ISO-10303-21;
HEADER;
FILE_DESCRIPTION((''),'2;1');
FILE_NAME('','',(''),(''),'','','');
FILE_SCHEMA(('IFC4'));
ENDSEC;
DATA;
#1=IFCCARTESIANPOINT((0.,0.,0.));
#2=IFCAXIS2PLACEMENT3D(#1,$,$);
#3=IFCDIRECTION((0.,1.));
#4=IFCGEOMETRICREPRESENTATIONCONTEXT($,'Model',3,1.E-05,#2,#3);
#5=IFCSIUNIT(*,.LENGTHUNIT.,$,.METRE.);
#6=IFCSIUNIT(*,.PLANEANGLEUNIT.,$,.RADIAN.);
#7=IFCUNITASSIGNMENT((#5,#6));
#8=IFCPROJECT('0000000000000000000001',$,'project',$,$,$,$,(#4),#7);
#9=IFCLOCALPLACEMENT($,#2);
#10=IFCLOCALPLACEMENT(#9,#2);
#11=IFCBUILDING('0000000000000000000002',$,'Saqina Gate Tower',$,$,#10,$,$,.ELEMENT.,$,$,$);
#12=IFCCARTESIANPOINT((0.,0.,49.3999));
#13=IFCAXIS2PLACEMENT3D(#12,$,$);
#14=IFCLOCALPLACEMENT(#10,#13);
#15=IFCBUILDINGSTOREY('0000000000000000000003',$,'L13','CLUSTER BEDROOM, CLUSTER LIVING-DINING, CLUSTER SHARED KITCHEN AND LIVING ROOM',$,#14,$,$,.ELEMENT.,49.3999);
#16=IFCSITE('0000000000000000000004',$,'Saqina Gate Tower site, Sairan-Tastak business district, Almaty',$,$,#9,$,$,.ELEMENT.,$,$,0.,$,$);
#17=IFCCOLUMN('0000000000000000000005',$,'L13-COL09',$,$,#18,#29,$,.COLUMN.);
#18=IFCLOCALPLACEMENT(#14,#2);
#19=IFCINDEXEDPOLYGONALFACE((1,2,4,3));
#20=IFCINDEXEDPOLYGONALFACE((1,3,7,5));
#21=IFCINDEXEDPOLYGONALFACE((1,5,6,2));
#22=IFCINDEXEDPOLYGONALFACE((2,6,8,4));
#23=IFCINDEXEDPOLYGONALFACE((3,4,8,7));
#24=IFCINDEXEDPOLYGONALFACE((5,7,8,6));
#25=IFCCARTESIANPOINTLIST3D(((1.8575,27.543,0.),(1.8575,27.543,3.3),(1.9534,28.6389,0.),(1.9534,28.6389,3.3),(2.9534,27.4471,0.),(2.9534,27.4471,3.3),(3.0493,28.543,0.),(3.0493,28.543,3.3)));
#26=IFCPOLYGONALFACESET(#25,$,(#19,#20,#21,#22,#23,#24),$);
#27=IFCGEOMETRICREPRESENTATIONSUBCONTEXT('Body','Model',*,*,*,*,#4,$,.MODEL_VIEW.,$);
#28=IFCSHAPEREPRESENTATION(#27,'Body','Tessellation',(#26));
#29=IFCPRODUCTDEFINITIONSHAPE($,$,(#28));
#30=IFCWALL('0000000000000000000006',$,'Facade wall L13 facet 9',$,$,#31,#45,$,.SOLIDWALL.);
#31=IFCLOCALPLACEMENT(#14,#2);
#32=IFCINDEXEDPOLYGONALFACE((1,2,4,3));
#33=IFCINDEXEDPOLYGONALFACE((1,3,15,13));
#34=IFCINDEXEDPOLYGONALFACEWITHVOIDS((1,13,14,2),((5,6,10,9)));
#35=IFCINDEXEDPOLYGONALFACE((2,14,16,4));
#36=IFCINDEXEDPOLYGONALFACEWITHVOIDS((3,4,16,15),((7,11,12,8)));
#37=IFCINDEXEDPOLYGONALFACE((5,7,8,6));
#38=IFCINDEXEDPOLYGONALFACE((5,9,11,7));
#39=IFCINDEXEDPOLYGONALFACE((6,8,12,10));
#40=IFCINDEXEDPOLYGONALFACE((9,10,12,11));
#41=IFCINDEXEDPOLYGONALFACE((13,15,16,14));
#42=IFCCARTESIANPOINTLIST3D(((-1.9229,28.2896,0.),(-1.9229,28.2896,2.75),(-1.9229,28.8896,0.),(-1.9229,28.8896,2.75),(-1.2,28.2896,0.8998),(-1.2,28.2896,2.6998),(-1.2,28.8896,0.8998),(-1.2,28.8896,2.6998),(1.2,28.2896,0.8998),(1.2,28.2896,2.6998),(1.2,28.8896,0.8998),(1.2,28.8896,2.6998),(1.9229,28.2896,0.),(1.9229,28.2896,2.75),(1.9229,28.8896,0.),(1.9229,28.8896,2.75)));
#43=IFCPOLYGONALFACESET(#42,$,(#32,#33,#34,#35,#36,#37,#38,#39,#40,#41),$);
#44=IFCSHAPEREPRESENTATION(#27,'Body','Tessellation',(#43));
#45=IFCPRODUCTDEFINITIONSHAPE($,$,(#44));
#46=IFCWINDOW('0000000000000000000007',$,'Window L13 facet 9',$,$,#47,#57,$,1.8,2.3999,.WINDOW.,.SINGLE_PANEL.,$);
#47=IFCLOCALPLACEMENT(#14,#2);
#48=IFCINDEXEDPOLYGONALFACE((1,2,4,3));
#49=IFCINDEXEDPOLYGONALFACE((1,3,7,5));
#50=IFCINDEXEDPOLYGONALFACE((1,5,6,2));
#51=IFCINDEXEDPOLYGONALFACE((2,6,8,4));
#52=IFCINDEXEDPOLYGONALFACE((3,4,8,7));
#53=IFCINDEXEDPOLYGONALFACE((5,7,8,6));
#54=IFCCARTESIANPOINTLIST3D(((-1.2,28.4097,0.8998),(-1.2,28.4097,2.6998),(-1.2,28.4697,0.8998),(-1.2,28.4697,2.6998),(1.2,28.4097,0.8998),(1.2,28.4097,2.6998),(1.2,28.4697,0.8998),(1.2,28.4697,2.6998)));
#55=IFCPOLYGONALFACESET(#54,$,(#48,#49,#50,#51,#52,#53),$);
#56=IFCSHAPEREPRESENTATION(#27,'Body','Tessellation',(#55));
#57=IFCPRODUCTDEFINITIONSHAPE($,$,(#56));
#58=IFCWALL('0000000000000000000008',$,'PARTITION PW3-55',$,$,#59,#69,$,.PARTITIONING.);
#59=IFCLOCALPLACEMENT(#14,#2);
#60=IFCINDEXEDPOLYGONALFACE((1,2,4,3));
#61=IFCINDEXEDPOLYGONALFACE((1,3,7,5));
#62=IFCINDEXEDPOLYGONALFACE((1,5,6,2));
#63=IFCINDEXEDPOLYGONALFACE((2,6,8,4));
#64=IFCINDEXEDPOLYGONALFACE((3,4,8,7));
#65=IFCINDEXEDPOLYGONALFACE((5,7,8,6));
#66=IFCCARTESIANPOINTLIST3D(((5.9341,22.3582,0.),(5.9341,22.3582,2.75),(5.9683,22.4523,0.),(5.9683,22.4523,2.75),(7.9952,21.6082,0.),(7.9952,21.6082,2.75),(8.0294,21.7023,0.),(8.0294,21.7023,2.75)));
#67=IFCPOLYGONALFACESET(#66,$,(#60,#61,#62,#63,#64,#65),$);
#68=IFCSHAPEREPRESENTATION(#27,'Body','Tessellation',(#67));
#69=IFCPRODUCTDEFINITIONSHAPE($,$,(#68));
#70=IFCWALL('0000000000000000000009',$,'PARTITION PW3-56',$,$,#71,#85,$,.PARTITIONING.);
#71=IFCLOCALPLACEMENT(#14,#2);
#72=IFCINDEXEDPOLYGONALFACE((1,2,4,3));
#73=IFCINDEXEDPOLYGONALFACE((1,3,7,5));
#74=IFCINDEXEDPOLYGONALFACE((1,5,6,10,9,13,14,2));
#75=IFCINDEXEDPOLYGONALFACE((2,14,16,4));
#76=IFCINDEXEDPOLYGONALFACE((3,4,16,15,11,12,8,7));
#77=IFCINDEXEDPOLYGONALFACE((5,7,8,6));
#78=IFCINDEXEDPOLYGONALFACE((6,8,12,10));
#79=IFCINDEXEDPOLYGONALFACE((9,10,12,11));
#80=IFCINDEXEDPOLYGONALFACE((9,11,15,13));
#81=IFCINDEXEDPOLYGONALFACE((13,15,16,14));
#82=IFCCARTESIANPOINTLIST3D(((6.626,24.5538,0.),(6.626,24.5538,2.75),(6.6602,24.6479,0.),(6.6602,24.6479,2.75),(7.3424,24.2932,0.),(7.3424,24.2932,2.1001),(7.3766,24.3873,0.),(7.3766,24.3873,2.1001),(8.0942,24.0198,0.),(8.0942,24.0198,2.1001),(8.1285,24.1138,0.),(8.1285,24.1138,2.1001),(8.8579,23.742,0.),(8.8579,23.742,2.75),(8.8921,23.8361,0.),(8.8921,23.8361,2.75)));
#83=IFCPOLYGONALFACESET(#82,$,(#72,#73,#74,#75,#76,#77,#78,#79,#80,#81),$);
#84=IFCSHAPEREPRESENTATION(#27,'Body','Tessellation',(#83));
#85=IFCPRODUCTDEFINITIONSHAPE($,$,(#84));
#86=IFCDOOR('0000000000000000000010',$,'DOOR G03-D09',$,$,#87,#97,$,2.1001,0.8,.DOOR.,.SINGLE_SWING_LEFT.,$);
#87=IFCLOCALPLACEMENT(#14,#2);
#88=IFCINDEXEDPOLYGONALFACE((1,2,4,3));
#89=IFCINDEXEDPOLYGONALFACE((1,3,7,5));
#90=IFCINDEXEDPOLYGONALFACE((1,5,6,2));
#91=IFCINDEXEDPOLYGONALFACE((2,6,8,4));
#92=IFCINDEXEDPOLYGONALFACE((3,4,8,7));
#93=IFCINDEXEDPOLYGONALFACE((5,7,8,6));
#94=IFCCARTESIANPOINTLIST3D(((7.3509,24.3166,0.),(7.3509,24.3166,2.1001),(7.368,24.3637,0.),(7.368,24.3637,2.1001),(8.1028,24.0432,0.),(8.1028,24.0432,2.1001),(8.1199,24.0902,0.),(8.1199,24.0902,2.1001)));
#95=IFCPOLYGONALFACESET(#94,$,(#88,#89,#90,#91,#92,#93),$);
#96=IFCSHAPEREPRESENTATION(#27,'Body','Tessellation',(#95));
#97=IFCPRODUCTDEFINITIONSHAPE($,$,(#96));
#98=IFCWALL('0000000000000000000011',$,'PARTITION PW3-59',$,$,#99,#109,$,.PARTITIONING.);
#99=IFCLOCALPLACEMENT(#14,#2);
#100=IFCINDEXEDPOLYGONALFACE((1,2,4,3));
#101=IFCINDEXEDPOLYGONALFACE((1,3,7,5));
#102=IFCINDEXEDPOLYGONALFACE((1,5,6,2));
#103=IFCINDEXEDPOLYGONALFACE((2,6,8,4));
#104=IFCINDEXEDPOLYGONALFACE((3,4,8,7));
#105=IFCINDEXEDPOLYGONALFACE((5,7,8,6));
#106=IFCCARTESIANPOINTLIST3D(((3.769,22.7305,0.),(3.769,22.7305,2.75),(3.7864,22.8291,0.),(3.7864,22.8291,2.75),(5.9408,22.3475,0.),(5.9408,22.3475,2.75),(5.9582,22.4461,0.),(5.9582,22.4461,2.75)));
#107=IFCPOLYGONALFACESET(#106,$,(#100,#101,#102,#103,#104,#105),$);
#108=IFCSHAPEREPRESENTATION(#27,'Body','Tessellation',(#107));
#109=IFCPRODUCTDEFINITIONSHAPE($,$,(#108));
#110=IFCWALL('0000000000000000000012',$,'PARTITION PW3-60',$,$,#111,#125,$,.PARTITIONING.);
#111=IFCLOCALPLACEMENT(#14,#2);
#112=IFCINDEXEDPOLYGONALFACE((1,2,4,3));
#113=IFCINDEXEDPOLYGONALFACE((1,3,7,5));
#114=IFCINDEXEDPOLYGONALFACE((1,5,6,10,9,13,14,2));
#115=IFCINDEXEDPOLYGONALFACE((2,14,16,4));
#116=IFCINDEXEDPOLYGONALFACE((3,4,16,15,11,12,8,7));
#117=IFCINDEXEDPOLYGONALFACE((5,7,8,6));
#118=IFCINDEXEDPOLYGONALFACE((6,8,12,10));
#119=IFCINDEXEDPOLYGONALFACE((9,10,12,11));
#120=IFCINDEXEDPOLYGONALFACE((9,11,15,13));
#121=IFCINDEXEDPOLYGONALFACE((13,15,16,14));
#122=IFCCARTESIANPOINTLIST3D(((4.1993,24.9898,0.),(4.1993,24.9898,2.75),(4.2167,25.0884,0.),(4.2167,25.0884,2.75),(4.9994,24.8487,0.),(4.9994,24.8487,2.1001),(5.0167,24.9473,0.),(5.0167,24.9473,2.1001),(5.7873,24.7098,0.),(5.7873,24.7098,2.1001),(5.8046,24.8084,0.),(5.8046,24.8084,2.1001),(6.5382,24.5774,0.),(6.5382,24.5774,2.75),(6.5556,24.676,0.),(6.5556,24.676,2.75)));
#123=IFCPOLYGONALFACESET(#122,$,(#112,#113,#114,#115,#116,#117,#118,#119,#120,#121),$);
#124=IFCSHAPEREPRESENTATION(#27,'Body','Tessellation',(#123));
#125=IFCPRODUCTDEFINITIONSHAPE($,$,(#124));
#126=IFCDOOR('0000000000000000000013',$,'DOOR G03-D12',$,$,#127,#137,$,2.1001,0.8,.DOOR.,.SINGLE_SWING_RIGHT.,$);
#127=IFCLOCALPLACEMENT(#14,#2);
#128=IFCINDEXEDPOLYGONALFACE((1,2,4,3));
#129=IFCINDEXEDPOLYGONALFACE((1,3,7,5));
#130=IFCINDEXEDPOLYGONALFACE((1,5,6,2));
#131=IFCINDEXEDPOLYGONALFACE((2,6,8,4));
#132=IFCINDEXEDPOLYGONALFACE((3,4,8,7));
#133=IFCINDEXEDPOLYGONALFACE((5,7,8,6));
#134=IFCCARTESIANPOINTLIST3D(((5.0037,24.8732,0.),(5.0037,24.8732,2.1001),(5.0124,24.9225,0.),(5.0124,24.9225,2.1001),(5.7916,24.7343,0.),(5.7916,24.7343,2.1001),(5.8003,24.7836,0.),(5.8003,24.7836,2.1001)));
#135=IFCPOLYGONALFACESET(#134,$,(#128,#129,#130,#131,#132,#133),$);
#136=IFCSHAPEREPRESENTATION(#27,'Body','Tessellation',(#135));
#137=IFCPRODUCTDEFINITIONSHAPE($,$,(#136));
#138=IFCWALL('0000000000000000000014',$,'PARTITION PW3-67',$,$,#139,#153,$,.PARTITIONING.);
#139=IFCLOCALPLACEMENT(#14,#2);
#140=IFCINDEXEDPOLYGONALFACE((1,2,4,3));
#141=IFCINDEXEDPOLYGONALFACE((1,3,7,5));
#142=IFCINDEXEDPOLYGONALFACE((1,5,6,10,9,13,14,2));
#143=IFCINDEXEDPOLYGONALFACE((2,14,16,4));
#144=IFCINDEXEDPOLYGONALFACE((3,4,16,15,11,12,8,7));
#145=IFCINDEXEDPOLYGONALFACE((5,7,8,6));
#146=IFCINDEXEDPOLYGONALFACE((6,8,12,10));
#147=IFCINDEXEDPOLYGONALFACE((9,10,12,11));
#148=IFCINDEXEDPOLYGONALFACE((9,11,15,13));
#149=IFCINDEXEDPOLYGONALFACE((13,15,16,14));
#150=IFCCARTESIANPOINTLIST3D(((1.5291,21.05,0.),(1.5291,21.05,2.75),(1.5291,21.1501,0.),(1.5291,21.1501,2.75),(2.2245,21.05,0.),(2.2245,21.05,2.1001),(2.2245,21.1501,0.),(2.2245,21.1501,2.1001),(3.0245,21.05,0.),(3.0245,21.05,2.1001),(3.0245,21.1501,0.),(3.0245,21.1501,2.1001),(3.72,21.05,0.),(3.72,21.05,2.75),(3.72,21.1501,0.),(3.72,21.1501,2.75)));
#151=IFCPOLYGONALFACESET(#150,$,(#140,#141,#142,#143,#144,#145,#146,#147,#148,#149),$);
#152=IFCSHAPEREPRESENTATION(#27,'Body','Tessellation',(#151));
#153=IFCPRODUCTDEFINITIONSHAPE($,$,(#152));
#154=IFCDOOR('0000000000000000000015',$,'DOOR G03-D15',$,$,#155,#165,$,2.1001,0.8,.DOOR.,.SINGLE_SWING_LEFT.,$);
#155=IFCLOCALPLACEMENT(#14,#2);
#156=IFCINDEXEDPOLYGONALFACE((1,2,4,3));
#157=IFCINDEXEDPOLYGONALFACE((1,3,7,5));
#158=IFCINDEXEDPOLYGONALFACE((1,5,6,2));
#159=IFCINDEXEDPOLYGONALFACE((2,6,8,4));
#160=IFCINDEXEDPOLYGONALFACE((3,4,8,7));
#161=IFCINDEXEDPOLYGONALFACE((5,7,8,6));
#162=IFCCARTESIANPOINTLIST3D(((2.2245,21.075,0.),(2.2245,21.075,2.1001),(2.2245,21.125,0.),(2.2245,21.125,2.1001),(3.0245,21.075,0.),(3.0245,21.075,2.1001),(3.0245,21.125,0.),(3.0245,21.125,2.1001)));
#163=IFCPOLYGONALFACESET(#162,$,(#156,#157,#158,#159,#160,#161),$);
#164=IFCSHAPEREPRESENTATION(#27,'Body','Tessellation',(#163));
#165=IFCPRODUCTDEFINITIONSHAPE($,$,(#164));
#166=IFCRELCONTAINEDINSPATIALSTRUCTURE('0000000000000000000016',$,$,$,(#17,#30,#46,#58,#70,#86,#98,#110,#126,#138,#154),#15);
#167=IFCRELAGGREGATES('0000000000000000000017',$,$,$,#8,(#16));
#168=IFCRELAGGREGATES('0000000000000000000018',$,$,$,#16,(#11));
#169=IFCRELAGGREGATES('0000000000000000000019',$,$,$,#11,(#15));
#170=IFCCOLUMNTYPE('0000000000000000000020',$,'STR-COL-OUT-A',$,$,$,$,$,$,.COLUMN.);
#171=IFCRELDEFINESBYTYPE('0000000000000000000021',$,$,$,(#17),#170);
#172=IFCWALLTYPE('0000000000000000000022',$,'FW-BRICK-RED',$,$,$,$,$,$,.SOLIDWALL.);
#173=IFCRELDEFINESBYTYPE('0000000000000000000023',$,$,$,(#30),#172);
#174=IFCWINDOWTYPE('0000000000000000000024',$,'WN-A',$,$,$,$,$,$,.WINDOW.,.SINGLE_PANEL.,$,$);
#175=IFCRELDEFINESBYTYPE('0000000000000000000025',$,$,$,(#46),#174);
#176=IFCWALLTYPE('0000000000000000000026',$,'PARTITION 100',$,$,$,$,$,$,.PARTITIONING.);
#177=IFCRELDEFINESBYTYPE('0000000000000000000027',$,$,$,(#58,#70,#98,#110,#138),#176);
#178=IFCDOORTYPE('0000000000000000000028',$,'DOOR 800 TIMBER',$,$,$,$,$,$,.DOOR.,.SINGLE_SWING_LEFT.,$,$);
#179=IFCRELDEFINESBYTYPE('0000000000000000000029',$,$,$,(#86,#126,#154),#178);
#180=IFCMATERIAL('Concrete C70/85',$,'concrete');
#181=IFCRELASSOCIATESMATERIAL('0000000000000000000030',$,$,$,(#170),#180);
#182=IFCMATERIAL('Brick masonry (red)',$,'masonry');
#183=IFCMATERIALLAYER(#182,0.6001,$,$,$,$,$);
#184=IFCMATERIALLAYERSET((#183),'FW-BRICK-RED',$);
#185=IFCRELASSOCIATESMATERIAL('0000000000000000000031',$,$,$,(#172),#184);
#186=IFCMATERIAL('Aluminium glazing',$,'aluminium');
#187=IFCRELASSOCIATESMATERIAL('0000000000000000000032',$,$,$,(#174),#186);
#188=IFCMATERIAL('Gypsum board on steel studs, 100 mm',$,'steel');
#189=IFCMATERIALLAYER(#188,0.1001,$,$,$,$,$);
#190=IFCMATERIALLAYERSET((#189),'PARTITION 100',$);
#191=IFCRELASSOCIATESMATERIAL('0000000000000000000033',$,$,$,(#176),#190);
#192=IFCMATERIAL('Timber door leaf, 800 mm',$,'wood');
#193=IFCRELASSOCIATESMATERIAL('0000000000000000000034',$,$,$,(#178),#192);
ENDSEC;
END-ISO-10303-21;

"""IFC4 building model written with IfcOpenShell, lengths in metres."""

from ifc_helpers import new_model, si_unit, direction, frame, frame_2d, origin, origin_2d, place, context, subcontext, project, spatial, rectangle, extrude, material, layer, layer_set, material_profile, profile_set, type_object, element, fill, save


model = new_model("IFC4")

# Units and contexts
model_context = context("Model", 3, precision=1e-05, world=origin(), true_north=direction((0.0, 1.0)))
body_context = subcontext(model_context, "Body", "Model", "MODEL_VIEW")
ifc_project = project(units=[si_unit("LENGTHUNIT", "METRE"), si_unit("PLANEANGLEUNIT", "RADIAN")], contexts=[model_context])

# Site, building, storey
site_placement = place(None, origin())
site = spatial("IfcSite", under=ifc_project, at=site_placement, Name="Saqina Gate Tower site, Sairan-Tastak business district, Almaty", CompositionType="ELEMENT", RefElevation=0.0)
building_placement = place(site_placement, origin())
building = spatial("IfcBuilding", under=site, at=building_placement, Name="Saqina Gate Tower", CompositionType="ELEMENT")
storey_placement = place(building_placement, frame((0.0, 0.0, 49.3999)))
storey = spatial("IfcBuildingStorey", under=building, at=storey_placement, Name="L13", Description="CLUSTER BEDROOM, CLUSTER LIVING-DINING, CLUSTER SHARED KITCHEN AND LIVING ROOM", CompositionType="ELEMENT", Elevation=49.3999)

# Column
ifc_material_1 = material(Name="Concrete C70/85", Category="concrete")
ifc_material_profile = material_profile(ifc_material_1, rectangle(XDim=1.1001, YDim=1.1001, at=origin_2d()), Name="RC 1100x1100")
ifc_profile_set = profile_set([ifc_material_profile], Name="Concrete C70/85")
column_type = type_object("IfcColumnType", Name="STR-COL-OUT-A", PredefinedType="COLUMN", material=ifc_profile_set)
column_placement = place(storey_placement, frame((2.4534, 28.043, 0.0), z_axis=(0.0, 0.0, 1.0), x_axis=(0.087156, 0.996195, 0.0)))
element("IfcColumn", 1, at=column_placement, inside=storey, type_object=column_type, Name="L13-COL09", PredefinedType="COLUMN", context=body_context, shape_type="SweptSolid", body=[
    extrude(rectangle(XDim=1.1001, YDim=1.1001, at=origin_2d()), origin(), (0.0, 0.0, 1.0), 3.3),
])

# Wall, opening, window
ifc_material_2 = material(Name="Brick masonry (red)", Category="masonry")
ifc_layer_1 = layer(ifc_material_2, 0.6001)
ifc_layer_set_1 = layer_set([ifc_layer_1], Name="FW-BRICK-RED")
wall_type_1 = type_object("IfcWallType", Name="FW-BRICK-RED", PredefinedType="SOLIDWALL", material=ifc_layer_set_1)
wall_1_placement = place(storey_placement, frame((1.9229, 28.5896, 0.0), z_axis=(0.0, 0.0, 1.0), x_axis=(-1.0, 0.0, 0.0)))
wall_1 = element("IfcWall", 2, at=wall_1_placement, inside=storey, type_object=wall_type_1, Name="Facade wall L13 facet 9", PredefinedType="SOLIDWALL", context=body_context, shape_type="SweptSolid", body=[
    extrude(rectangle(XDim=3.8457, YDim=0.6001, at=frame_2d((1.9229, 0.0))), origin(), (0.0, 0.0, 1.0), 2.75),
])
opening_1_placement = place(wall_1_placement, frame((0.7229, 0.0, 0.8999)))
opening_1 = element("IfcOpeningElement", 3, at=opening_1_placement, cuts=wall_1, PredefinedType="OPENING", context=body_context, shape_type="SweptSolid", body=[
    extrude(rectangle(XDim=2.3999, YDim=1.8, at=frame_2d((1.2, 0.8999))), frame((0.0, 0.312, 0.0), z_axis=(0.0, -1.0, 0.0), x_axis=(1.0, 0.0, 0.0)), (0.0, 0.0, 1.0), 0.624),
])
ifc_material_3 = material(Name="Aluminium glazing", Category="aluminium")
window_type = type_object("IfcWindowType", Name="WN-A", PartitioningType="SINGLE_PANEL", PredefinedType="WINDOW", material=ifc_material_3)
window_placement = place(opening_1_placement, origin())
window = element("IfcWindow", 4, at=window_placement, inside=storey, type_object=window_type, Name="Window L13 facet 9", OverallHeight=1.8, OverallWidth=2.3999, PartitioningType="SINGLE_PANEL", PredefinedType="WINDOW", context=body_context, shape_type="SweptSolid", body=[
    extrude(rectangle(XDim=2.3999, YDim=1.8, at=frame_2d((1.2, 0.8999))), frame((0.0, 0.1799, 0.0), z_axis=(0.0, -1.0, 0.0), x_axis=(1.0, 0.0, 0.0)), (0.0, 0.0, 1.0), 0.0601),
])
fill(opening_1, window)

# Wall
ifc_material_4 = material(Name="Gypsum board on steel studs, 100 mm", Category="steel")
ifc_layer_2 = layer(ifc_material_4, 0.1001)
ifc_layer_set_2 = layer_set([ifc_layer_2], Name="PARTITION 100")
wall_type_2 = type_object("IfcWallType", Name="PARTITION 100", PredefinedType="PARTITIONING", material=ifc_layer_set_2)
wall_2_placement = place(storey_placement, frame((5.9512, 22.4053, 0.0), z_axis=(0.0, 0.0, 1.0), x_axis=(0.939715, -0.341958, 0.0)))
element("IfcWall", 5, at=wall_2_placement, inside=storey, type_object=wall_type_2, Name="PARTITION PW3-55", PredefinedType="PARTITIONING", context=body_context, shape_type="SweptSolid", body=[
    extrude(rectangle(XDim=2.1934, YDim=0.1001, at=frame_2d((1.0967, 0.0))), origin(), (0.0, 0.0, 1.0), 2.75),
])

# Wall, opening, door
wall_3_placement = place(storey_placement, frame((6.6431, 24.6008, 0.0), z_axis=(0.0, 0.0, 1.0), x_axis=(0.939772, -0.341801, 0.0)))
wall_3 = element("IfcWall", 6, at=wall_3_placement, inside=storey, type_object=wall_type_2, Name="PARTITION PW3-56", PredefinedType="PARTITIONING", context=body_context, shape_type="SweptSolid", body=[
    extrude(rectangle(XDim=2.375, YDim=0.1001, at=frame_2d((1.1875, 0.0))), origin(), (0.0, 0.0, 1.0), 2.75),
])
opening_2_placement = place(wall_3_placement, frame((0.7625, 0.0, 0.0)))
opening_2 = element("IfcOpeningElement", 7, at=opening_2_placement, cuts=wall_3, PredefinedType="OPENING", context=body_context, shape_type="SweptSolid", body=[
    extrude(rectangle(XDim=0.8, YDim=2.1001, at=frame_2d((0.3999, 1.05))), frame((0.0, 0.062, 0.0), z_axis=(0.0, -1.0, 0.0), x_axis=(1.0, 0.0, 0.0)), (0.0, 0.0, 1.0), 0.124),
])
ifc_material_5 = material(Name="Timber door leaf, 800 mm", Category="wood")
door_type_1 = type_object("IfcDoorType", Name="DOOR 800 TIMBER", OperationType="SINGLE_SWING_LEFT", PredefinedType="DOOR", material=ifc_material_5)
door_1_placement = place(opening_2_placement, origin())
door_1 = element("IfcDoor", 8, at=door_1_placement, inside=storey, type_object=door_type_1, Name="DOOR G03-D09", OperationType="SINGLE_SWING_LEFT", OverallHeight=2.1001, OverallWidth=0.8, PredefinedType="DOOR", context=body_context, shape_type="SweptSolid", body=[
    extrude(rectangle(XDim=0.8, YDim=2.1001, at=frame_2d((0.3999, 1.05))), frame((0.0, 0.0249, 0.0), z_axis=(0.0, -1.0, 0.0), x_axis=(1.0, 0.0, 0.0)), (0.0, 0.0, 1.0), 0.05),
])
fill(opening_2, door_1)

# Wall
wall_4_placement = place(storey_placement, frame((3.7778, 22.7798, 0.0), z_axis=(0.0, 0.0, 1.0), x_axis=(0.9848, -0.173691, 0.0)))
element("IfcWall", 9, at=wall_4_placement, inside=storey, type_object=wall_type_2, Name="PARTITION PW3-59", PredefinedType="PARTITIONING", context=body_context, shape_type="SweptSolid", body=[
    extrude(rectangle(XDim=2.2053, YDim=0.1001, at=frame_2d((1.1025, 0.0))), origin(), (0.0, 0.0, 1.0), 2.75),
])

# Walls, openings, doors
wall_5_placement = place(storey_placement, frame((4.208, 25.0391, 0.0), z_axis=(0.0, 0.0, 1.0), x_axis=(0.984811, -0.173627, 0.0)))
wall_5 = element("IfcWall", 10, at=wall_5_placement, inside=storey, type_object=wall_type_2, Name="PARTITION PW3-60", PredefinedType="PARTITIONING", context=body_context, shape_type="SweptSolid", body=[
    extrude(rectangle(XDim=2.375, YDim=0.1001, at=frame_2d((1.1875, 0.0))), origin(), (0.0, 0.0, 1.0), 2.75),
])
opening_3_placement = place(wall_5_placement, frame((0.8125, 0.0, 0.0)))
opening_3 = element("IfcOpeningElement", 11, at=opening_3_placement, cuts=wall_5, PredefinedType="OPENING", context=body_context, shape_type="SweptSolid", body=[
    extrude(rectangle(XDim=0.8, YDim=2.1001, at=frame_2d((0.3999, 1.05))), frame((0.0, 0.062, 0.0), z_axis=(0.0, -1.0, 0.0), x_axis=(1.0, 0.0, 0.0)), (0.0, 0.0, 1.0), 0.124),
])
door_2_placement = place(opening_3_placement, origin())
door_2 = element("IfcDoor", 12, at=door_2_placement, inside=storey, type_object=door_type_1, Name="DOOR G03-D12", OperationType="SINGLE_SWING_RIGHT", OverallHeight=2.1001, OverallWidth=0.8, PredefinedType="DOOR", context=body_context, shape_type="SweptSolid", body=[
    extrude(rectangle(XDim=0.8, YDim=2.1001, at=frame_2d((0.3999, 1.05))), frame((0.0, 0.0249, 0.0), z_axis=(0.0, -1.0, 0.0), x_axis=(1.0, 0.0, 0.0)), (0.0, 0.0, 1.0), 0.05),
])
fill(opening_3, door_2)
wall_6_placement = place(storey_placement, frame((1.5291, 21.1001, 0.0), z_axis=(0.0, 0.0, 1.0), x_axis=(1.0, 0.0, 0.0)))
wall_6 = element("IfcWall", 13, at=wall_6_placement, inside=storey, type_object=wall_type_2, Name="PARTITION PW3-67", PredefinedType="PARTITIONING", context=body_context, shape_type="SweptSolid", body=[
    extrude(rectangle(XDim=2.1909, YDim=0.1001, at=frame_2d((1.0955, 0.0))), origin(), (0.0, 0.0, 1.0), 2.75),
])
opening_4_placement = place(wall_6_placement, frame((0.6956, 0.0, 0.0)))
opening_4 = element("IfcOpeningElement", 14, at=opening_4_placement, cuts=wall_6, PredefinedType="OPENING", context=body_context, shape_type="SweptSolid", body=[
    extrude(rectangle(XDim=0.8, YDim=2.1001, at=frame_2d((0.3999, 1.05))), frame((0.0, 0.062, 0.0), z_axis=(0.0, -1.0, 0.0), x_axis=(1.0, 0.0, 0.0)), (0.0, 0.0, 1.0), 0.124),
])
door_3_placement = place(opening_4_placement, origin())
door_3 = element("IfcDoor", 15, at=door_3_placement, inside=storey, type_object=door_type_1, Name="DOOR G03-D15", OperationType="SINGLE_SWING_LEFT", OverallHeight=2.1001, OverallWidth=0.8, PredefinedType="DOOR", context=body_context, shape_type="SweptSolid", body=[
    extrude(rectangle(XDim=0.8, YDim=2.1001, at=frame_2d((0.3999, 1.05))), frame((0.0, 0.0249, 0.0), z_axis=(0.0, -1.0, 0.0), x_axis=(1.0, 0.0, 0.0)), (0.0, 0.0, 1.0), 0.05),
])
fill(opening_4, door_3)

save(model, "model.ifc")
